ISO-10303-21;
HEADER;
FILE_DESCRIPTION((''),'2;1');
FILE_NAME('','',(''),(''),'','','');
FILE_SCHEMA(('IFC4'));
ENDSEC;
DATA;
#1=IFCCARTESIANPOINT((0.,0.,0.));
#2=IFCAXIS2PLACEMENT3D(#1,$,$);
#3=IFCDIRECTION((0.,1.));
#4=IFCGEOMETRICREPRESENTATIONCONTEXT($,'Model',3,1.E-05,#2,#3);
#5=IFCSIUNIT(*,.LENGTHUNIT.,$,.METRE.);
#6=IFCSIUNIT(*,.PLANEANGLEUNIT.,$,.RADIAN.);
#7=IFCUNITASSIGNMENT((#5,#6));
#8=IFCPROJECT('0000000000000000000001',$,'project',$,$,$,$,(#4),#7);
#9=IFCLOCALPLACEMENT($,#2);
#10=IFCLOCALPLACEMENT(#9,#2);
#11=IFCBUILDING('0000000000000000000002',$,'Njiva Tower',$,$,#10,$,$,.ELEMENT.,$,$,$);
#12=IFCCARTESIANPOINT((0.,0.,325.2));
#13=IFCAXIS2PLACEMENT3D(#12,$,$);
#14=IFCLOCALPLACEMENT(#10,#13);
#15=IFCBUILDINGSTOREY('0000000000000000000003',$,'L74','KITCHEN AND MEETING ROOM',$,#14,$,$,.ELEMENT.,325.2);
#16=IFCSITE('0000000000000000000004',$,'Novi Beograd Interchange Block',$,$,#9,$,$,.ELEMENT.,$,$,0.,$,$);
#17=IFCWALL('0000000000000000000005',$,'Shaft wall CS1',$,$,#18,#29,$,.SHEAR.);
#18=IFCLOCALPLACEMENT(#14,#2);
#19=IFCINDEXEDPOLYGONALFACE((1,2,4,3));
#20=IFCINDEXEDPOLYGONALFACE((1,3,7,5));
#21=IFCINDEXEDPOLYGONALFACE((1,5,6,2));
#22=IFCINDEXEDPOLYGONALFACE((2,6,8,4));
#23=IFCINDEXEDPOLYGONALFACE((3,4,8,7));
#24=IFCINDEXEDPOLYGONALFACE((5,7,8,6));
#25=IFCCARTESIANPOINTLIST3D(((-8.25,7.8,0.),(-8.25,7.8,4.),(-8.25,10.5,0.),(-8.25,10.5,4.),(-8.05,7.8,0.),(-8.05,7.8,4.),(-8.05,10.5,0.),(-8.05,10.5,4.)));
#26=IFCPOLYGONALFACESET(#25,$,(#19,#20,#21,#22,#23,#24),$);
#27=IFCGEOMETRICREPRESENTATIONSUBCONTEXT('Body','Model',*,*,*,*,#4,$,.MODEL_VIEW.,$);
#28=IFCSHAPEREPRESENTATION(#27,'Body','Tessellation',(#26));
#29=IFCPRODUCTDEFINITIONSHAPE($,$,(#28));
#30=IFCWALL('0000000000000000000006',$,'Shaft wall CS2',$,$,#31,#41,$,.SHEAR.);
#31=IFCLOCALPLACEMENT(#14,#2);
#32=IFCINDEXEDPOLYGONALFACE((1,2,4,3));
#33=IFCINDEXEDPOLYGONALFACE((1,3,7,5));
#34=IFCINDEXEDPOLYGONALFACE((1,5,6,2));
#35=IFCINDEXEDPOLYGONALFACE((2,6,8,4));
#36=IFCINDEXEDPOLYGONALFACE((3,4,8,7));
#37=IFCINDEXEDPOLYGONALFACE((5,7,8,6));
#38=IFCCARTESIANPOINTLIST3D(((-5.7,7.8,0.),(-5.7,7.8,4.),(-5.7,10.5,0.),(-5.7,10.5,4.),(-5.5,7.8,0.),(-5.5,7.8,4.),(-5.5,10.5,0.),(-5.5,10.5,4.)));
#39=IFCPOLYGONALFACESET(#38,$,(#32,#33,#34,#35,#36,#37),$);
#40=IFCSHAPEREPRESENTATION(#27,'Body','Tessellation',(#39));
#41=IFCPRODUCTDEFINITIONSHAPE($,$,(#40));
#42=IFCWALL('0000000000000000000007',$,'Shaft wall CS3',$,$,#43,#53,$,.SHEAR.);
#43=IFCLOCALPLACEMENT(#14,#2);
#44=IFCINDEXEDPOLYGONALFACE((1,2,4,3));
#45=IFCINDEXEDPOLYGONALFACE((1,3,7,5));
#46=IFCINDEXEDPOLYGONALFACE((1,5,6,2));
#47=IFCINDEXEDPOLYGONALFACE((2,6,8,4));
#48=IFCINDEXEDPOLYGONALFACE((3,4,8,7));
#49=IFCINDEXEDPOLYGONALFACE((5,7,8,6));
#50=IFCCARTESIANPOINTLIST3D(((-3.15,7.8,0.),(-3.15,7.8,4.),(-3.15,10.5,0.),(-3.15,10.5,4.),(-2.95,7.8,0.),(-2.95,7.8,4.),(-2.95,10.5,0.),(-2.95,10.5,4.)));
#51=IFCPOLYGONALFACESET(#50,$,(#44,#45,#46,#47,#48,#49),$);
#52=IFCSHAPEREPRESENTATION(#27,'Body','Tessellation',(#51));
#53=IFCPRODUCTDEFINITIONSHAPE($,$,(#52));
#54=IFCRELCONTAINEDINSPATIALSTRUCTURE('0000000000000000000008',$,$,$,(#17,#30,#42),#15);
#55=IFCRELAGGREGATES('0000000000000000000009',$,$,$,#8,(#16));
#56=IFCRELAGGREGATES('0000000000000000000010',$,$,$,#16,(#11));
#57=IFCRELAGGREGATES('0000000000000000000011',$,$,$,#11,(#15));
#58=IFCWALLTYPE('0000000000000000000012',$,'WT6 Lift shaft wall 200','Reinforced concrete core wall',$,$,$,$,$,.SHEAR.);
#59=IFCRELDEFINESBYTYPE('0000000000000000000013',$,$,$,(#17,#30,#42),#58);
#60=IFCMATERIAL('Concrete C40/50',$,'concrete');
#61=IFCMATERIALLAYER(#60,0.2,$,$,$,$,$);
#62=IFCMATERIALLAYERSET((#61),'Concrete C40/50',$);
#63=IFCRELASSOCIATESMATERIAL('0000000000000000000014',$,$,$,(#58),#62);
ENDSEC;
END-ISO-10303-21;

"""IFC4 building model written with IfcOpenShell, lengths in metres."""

from ifc_helpers import new_model, si_unit, direction, frame, frame_2d, origin, place, context, subcontext, project, spatial, rectangle, extrude, material, layer, layer_set, type_object, element, save


model = new_model("IFC4")

# Units and contexts
model_context = context("Model", 3, precision=1e-05, world=origin(), true_north=direction((0.0, 1.0)))
body_context = subcontext(model_context, "Body", "Model", "MODEL_VIEW")
ifc_project = project(units=[si_unit("LENGTHUNIT", "METRE"), si_unit("PLANEANGLEUNIT", "RADIAN")], contexts=[model_context])

# Site, building, storey
site_placement = place(None, origin())
site = spatial("IfcSite", under=ifc_project, at=site_placement, Name="Novi Beograd Interchange Block", CompositionType="ELEMENT", RefElevation=0.0)
building_placement = place(site_placement, origin())
building = spatial("IfcBuilding", under=site, at=building_placement, Name="Njiva Tower", CompositionType="ELEMENT")
storey_placement = place(building_placement, frame((0.0, 0.0, 325.2)))
storey = spatial("IfcBuildingStorey", under=building, at=storey_placement, Name="L74", Description="KITCHEN AND MEETING ROOM", CompositionType="ELEMENT", Elevation=325.2)

# Walls
ifc_material_1 = material(Name="Concrete C40/50", Category="concrete")
ifc_layer_1 = layer(ifc_material_1, 0.2)
ifc_layer_set_1 = layer_set([ifc_layer_1], Name="Concrete C40/50")
wall_type_1 = type_object("IfcWallType", Name="WT6 Lift shaft wall 200", Description="Reinforced concrete core wall", PredefinedType="SHEAR", material=ifc_layer_set_1)
for number, where, z_axis, x_axis, name in (
    (1, (-8.15, 7.8, 0.0), (0.0, 0.0, 1.0), (0.0, 1.0, 0.0), "Shaft wall CS1"),
    (2, (-5.6, 7.8, 0.0), (0.0, 0.0, 1.0), (0.0, 1.0, 0.0), "Shaft wall CS2"),
    (3, (-3.05, 7.8, 0.0), (0.0, 0.0, 1.0), (0.0, 1.0, 0.0), "Shaft wall CS3"),
):
    element("IfcWall", number, at=place(storey_placement, frame(where, z_axis=z_axis, x_axis=x_axis)), inside=storey, type_object=wall_type_1, Name=name, PredefinedType="SHEAR", context=body_context, shape_type="SweptSolid", body=[
        extrude(rectangle(XDim=2.7, YDim=0.2, at=frame_2d((1.35, 0.0))), origin(), (0.0, 0.0, 1.0), 4.0),
    ])

save(model, "model.ifc")
